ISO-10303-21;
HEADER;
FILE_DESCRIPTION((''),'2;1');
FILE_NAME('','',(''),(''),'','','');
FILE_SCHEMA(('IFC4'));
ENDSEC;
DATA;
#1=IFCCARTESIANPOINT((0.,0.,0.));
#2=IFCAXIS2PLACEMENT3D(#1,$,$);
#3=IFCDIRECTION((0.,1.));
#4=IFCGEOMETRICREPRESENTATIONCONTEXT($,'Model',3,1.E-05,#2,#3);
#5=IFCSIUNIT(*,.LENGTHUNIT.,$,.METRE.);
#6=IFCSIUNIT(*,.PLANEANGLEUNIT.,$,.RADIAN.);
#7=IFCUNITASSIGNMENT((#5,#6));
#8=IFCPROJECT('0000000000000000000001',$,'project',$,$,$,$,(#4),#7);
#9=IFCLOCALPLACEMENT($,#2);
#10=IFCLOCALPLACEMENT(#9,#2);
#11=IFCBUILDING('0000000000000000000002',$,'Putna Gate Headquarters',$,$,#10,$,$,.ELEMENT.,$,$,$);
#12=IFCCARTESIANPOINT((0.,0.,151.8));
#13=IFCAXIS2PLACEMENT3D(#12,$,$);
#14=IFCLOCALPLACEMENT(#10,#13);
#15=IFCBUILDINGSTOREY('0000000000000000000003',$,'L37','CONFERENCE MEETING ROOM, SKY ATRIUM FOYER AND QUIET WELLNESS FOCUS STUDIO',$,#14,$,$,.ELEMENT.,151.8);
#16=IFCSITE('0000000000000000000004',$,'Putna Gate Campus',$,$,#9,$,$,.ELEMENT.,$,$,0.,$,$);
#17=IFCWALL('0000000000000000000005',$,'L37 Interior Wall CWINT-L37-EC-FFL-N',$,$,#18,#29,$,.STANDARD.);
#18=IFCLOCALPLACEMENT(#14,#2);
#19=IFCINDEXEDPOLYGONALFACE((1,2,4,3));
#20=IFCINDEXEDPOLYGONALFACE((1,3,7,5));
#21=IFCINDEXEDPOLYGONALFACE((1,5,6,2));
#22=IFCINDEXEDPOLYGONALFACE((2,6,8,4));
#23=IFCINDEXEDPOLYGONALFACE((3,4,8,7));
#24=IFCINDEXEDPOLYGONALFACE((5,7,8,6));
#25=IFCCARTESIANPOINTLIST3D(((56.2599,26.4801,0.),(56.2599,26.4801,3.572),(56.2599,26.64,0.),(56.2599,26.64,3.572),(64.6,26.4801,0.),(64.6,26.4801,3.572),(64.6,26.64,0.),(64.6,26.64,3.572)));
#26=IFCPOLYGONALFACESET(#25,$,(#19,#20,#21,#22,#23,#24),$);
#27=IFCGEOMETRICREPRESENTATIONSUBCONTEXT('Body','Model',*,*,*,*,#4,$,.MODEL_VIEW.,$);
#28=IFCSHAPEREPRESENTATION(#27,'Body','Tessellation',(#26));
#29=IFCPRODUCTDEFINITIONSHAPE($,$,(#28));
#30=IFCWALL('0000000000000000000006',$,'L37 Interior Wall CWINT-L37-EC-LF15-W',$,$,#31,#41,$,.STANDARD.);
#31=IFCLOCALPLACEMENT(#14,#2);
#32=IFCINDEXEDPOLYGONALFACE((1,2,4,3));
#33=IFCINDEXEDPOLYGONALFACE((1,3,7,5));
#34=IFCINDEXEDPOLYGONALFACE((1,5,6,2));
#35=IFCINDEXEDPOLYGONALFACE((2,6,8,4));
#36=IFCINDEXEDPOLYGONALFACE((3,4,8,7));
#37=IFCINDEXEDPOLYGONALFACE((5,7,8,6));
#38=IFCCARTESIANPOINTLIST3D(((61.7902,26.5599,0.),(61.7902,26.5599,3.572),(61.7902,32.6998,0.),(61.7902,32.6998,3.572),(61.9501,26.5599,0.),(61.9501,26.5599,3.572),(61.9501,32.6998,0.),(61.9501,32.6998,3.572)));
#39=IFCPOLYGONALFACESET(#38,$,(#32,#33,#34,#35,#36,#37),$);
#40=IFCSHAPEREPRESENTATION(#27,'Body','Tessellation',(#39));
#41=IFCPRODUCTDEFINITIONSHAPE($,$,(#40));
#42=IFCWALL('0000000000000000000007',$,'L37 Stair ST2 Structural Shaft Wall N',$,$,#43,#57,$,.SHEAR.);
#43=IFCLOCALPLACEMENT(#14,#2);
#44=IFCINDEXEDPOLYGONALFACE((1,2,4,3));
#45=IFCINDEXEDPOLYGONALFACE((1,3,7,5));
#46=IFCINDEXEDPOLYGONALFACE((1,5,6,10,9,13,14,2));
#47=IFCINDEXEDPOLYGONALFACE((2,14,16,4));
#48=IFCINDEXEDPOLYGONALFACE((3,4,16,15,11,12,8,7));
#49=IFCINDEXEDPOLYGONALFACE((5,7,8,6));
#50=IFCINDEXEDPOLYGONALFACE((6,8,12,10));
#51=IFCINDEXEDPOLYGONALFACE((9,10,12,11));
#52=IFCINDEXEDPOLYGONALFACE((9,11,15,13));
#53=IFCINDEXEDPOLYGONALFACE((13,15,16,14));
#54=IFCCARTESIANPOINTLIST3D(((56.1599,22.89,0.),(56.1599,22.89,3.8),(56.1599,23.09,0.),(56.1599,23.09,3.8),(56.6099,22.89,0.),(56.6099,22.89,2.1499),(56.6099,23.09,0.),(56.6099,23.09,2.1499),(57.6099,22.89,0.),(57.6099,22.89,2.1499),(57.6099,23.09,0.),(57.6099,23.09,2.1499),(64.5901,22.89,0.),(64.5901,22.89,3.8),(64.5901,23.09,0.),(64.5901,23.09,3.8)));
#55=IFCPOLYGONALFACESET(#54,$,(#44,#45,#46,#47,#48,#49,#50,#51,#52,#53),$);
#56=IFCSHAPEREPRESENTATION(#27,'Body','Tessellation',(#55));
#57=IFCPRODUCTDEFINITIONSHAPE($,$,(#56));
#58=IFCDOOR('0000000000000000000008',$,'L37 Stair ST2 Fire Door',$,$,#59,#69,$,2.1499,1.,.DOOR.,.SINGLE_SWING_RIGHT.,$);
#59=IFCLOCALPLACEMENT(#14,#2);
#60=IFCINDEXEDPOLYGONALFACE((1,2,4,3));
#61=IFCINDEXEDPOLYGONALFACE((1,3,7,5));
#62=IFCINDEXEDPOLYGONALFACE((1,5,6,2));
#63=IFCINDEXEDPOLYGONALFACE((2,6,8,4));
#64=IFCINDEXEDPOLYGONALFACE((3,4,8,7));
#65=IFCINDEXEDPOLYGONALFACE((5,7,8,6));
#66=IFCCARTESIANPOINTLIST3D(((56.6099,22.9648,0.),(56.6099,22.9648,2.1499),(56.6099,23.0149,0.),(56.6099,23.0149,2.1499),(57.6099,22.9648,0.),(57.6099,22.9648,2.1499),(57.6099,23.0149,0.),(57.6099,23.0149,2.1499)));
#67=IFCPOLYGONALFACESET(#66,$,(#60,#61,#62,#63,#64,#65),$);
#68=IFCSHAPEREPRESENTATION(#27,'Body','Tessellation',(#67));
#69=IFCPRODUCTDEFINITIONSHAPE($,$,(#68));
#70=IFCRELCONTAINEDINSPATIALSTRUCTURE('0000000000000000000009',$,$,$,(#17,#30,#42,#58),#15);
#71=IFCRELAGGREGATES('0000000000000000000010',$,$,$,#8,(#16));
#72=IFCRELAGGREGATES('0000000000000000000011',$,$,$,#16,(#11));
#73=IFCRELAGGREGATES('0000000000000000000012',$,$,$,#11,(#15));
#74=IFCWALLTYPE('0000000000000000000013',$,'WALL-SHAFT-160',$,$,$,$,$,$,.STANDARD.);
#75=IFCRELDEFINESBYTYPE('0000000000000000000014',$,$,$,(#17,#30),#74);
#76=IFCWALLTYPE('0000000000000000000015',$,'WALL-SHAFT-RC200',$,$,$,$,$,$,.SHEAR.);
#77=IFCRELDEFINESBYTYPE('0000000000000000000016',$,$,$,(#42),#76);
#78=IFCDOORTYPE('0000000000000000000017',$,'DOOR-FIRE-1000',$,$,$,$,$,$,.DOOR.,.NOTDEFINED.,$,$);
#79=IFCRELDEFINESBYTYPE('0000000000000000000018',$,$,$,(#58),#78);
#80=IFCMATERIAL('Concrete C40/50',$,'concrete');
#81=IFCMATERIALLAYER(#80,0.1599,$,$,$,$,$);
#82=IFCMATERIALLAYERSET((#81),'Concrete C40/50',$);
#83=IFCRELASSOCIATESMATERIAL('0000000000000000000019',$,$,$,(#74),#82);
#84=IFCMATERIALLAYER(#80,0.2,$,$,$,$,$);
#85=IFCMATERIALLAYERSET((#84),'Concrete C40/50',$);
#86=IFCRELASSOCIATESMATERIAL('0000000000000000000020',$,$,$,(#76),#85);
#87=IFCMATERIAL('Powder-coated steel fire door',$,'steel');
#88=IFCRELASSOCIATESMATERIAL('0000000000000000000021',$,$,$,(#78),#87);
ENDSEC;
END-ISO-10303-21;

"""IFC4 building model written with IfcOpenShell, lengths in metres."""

from ifc_helpers import new_model, si_unit, direction, frame, frame_2d, origin, place, context, subcontext, project, spatial, rectangle, extrude, material, layer, layer_set, type_object, element, fill, save


model = new_model("IFC4")

# Units and contexts
model_context = context("Model", 3, precision=1e-05, world=origin(), true_north=direction((0.0, 1.0)))
body_context = subcontext(model_context, "Body", "Model", "MODEL_VIEW")
ifc_project = project(units=[si_unit("LENGTHUNIT", "METRE"), si_unit("PLANEANGLEUNIT", "RADIAN")], contexts=[model_context])

# Site, building, storey
site_placement = place(None, origin())
site = spatial("IfcSite", under=ifc_project, at=site_placement, Name="Putna Gate Campus", CompositionType="ELEMENT", RefElevation=0.0)
building_placement = place(site_placement, origin())
building = spatial("IfcBuilding", under=site, at=building_placement, Name="Putna Gate Headquarters", CompositionType="ELEMENT")
storey_placement = place(building_placement, frame((0.0, 0.0, 151.8)))
storey = spatial("IfcBuildingStorey", under=building, at=storey_placement, Name="L37", Description="CONFERENCE MEETING ROOM, SKY ATRIUM FOYER AND QUIET WELLNESS FOCUS STUDIO", CompositionType="ELEMENT", Elevation=151.8)

# Shared definitions
ifc_material_1 = material(Name="Concrete C40/50", Category="concrete")
ifc_layer_1 = layer(ifc_material_1, 0.1599)
ifc_layer_set_1 = layer_set([ifc_layer_1], Name="Concrete C40/50")
wall_type_1 = type_object("IfcWallType", Name="WALL-SHAFT-160", PredefinedType="STANDARD", material=ifc_layer_set_1)

# Walls
wall_1_placement = place(storey_placement, frame((56.26, 26.5601, 0.0), z_axis=(0.0, 0.0, 1.0), x_axis=(1.0, 0.0, 0.0)))
element("IfcWall", 1, at=wall_1_placement, inside=storey, type_object=wall_type_1, Name="L37 Interior Wall CWINT-L37-EC-FFL-N", PredefinedType="STANDARD", context=body_context, shape_type="SweptSolid", body=[
    extrude(rectangle(XDim=8.3401, YDim=0.1599, at=frame_2d((4.1699, 0.0))), origin(), (0.0, 0.0, 1.0), 3.572),
])
wall_2_placement = place(storey_placement, frame((61.8701, 26.5601, 0.0), z_axis=(0.0, 0.0, 1.0), x_axis=(0.0, 1.0, 0.0)))
element("IfcWall", 2, at=wall_2_placement, inside=storey, type_object=wall_type_1, Name="L37 Interior Wall CWINT-L37-EC-LF15-W", PredefinedType="STANDARD", context=body_context, shape_type="SweptSolid", body=[
    extrude(rectangle(XDim=6.1399, YDim=0.1599, at=frame_2d((3.0698, 0.0))), origin(), (0.0, 0.0, 1.0), 3.572),
])

# Wall, opening, door
ifc_layer_2 = layer(ifc_material_1, 0.2)
ifc_layer_set_2 = layer_set([ifc_layer_2], Name="Concrete C40/50")
wall_type_2 = type_object("IfcWallType", Name="WALL-SHAFT-RC200", PredefinedType="SHEAR", material=ifc_layer_set_2)
wall_3_placement = place(storey_placement, frame((56.1599, 22.99, 0.0), z_axis=(0.0, 0.0, 1.0), x_axis=(1.0, 0.0, 0.0)))
wall_3 = element("IfcWall", 3, at=wall_3_placement, inside=storey, type_object=wall_type_2, Name="L37 Stair ST2 Structural Shaft Wall N", PredefinedType="SHEAR", context=body_context, shape_type="SweptSolid", body=[
    extrude(rectangle(XDim=8.4302, YDim=0.2, at=frame_2d((4.2151, 0.0))), origin(), (0.0, 0.0, 1.0), 3.8),
])
opening_1_placement = place(wall_3_placement, frame((0.45, 0.0, 0.0)))
opening_1 = element("IfcOpeningElement", 4, at=opening_1_placement, cuts=wall_3, PredefinedType="OPENING", context=body_context, shape_type="SweptSolid", body=[
    extrude(rectangle(XDim=1.0, YDim=2.1499, at=frame_2d((0.5, 1.075))), frame((0.0, 0.1099, 0.0), z_axis=(0.0, -1.0, 0.0), x_axis=(1.0, 0.0, 0.0)), (0.0, 0.0, 1.0), 0.22),
])
ifc_material_2 = material(Name="Powder-coated steel fire door", Category="steel")
door_type_1 = type_object("IfcDoorType", Name="DOOR-FIRE-1000", OperationType="NOTDEFINED", PredefinedType="DOOR", material=ifc_material_2)
door_1_placement = place(opening_1_placement, origin())
door_1 = element("IfcDoor", 5, at=door_1_placement, inside=storey, type_object=door_type_1, Name="L37 Stair ST2 Fire Door", OperationType="SINGLE_SWING_RIGHT", OverallHeight=2.1499, OverallWidth=1.0, PredefinedType="DOOR", context=body_context, shape_type="SweptSolid", body=[
    extrude(rectangle(XDim=1.0, YDim=2.1499, at=frame_2d((0.5, 1.075))), frame((0.0, 0.0249, 0.0), z_axis=(0.0, -1.0, 0.0), x_axis=(1.0, 0.0, 0.0)), (0.0, 0.0, 1.0), 0.05),
])
fill(opening_1, door_1)

save(model, "model.ifc")
